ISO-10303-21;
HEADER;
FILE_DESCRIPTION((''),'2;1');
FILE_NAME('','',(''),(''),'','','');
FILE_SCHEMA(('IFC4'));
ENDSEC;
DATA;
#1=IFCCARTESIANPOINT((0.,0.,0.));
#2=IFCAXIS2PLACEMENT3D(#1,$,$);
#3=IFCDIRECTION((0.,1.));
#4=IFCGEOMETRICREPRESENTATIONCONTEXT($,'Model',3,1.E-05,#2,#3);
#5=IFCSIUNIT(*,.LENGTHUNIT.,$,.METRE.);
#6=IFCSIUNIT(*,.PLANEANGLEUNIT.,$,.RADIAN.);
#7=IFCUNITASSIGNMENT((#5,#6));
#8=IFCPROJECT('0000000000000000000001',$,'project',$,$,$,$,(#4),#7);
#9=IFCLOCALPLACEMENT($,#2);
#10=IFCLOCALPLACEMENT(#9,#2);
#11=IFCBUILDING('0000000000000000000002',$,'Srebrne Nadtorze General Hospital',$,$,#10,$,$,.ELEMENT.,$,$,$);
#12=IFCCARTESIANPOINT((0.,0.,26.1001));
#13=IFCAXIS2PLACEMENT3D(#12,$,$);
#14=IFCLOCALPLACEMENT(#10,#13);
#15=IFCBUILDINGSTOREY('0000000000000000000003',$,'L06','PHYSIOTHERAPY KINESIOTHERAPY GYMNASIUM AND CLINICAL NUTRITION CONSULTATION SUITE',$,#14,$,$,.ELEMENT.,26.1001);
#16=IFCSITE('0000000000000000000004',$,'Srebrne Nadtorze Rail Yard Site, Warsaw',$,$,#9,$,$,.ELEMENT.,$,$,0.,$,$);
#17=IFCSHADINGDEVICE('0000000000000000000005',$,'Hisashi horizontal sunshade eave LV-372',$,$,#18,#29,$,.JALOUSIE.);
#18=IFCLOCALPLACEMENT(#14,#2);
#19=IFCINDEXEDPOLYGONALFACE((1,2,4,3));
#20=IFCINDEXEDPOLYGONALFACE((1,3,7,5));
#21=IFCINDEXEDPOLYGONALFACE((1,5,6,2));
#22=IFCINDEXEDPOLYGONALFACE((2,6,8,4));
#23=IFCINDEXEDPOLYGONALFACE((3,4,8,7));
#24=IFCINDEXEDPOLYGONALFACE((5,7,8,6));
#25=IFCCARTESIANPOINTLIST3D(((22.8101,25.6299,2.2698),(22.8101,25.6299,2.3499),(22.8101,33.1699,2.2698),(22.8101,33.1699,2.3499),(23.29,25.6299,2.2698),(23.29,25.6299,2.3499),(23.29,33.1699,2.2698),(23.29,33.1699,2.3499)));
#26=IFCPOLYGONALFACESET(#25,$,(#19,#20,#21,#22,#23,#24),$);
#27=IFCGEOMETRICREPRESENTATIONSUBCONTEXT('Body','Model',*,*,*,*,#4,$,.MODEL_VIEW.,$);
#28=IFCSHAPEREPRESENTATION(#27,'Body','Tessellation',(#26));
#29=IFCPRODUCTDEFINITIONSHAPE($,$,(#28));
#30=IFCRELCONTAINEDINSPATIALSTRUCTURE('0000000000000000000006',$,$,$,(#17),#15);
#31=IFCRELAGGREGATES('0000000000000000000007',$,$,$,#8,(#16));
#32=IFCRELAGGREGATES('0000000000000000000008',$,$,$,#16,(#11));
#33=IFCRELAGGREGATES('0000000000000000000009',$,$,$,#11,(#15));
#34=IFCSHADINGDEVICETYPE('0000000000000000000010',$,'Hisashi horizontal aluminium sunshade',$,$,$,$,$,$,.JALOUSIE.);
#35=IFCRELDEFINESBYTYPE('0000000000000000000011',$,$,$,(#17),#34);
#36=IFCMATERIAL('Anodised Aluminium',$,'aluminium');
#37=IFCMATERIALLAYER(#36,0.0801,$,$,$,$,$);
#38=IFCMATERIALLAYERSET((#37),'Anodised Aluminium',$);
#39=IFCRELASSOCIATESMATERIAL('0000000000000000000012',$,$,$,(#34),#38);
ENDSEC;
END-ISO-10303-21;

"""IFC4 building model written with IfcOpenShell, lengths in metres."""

from ifc_helpers import new_model, si_unit, direction, frame, origin, origin_2d, place, context, subcontext, project, spatial, rectangle, extrude, material, layer, layer_set, type_object, element, save


model = new_model("IFC4")

# Units and contexts
model_context = context("Model", 3, precision=1e-05, world=origin(), true_north=direction((0.0, 1.0)))
body_context = subcontext(model_context, "Body", "Model", "MODEL_VIEW")
ifc_project = project(units=[si_unit("LENGTHUNIT", "METRE"), si_unit("PLANEANGLEUNIT", "RADIAN")], contexts=[model_context])

# Site, building, storey
site_placement = place(None, origin())
site = spatial("IfcSite", under=ifc_project, at=site_placement, Name="Srebrne Nadtorze Rail Yard Site, Warsaw", CompositionType="ELEMENT", RefElevation=0.0)
building_placement = place(site_placement, origin())
building = spatial("IfcBuilding", under=site, at=building_placement, Name="Srebrne Nadtorze General Hospital", CompositionType="ELEMENT")
storey_placement = place(building_placement, frame((0.0, 0.0, 26.1001)))
storey = spatial("IfcBuildingStorey", under=building, at=storey_placement, Name="L06", Description="PHYSIOTHERAPY KINESIOTHERAPY GYMNASIUM AND CLINICAL NUTRITION CONSULTATION SUITE", CompositionType="ELEMENT", Elevation=26.1001)

# Shading device
ifc_material_1 = material(Name="Anodised Aluminium", Category="aluminium")
ifc_layer_1 = layer(ifc_material_1, 0.0801)
ifc_layer_set_1 = layer_set([ifc_layer_1], Name="Anodised Aluminium")
shading_device_type = type_object("IfcShadingDeviceType", Name="Hisashi horizontal aluminium sunshade", PredefinedType="JALOUSIE", material=ifc_layer_set_1)
for number, where, z_axis, x_axis, name in (
    (1, (23.05, 29.3999, 2.2698), (0.0, 0.0, 1.0), (1.0, 0.0, 0.0), "Hisashi horizontal sunshade eave LV-372"),
):
    element("IfcShadingDevice", number, at=place(storey_placement, frame(where, z_axis=z_axis, x_axis=x_axis)), inside=storey, type_object=shading_device_type, Name=name, PredefinedType="JALOUSIE", context=body_context, shape_type="SweptSolid", body=[
        extrude(rectangle(XDim=0.48, YDim=7.54, at=origin_2d()), origin(), (0.0, 0.0, 1.0), 0.0801),
    ])

save(model, "model.ifc")
